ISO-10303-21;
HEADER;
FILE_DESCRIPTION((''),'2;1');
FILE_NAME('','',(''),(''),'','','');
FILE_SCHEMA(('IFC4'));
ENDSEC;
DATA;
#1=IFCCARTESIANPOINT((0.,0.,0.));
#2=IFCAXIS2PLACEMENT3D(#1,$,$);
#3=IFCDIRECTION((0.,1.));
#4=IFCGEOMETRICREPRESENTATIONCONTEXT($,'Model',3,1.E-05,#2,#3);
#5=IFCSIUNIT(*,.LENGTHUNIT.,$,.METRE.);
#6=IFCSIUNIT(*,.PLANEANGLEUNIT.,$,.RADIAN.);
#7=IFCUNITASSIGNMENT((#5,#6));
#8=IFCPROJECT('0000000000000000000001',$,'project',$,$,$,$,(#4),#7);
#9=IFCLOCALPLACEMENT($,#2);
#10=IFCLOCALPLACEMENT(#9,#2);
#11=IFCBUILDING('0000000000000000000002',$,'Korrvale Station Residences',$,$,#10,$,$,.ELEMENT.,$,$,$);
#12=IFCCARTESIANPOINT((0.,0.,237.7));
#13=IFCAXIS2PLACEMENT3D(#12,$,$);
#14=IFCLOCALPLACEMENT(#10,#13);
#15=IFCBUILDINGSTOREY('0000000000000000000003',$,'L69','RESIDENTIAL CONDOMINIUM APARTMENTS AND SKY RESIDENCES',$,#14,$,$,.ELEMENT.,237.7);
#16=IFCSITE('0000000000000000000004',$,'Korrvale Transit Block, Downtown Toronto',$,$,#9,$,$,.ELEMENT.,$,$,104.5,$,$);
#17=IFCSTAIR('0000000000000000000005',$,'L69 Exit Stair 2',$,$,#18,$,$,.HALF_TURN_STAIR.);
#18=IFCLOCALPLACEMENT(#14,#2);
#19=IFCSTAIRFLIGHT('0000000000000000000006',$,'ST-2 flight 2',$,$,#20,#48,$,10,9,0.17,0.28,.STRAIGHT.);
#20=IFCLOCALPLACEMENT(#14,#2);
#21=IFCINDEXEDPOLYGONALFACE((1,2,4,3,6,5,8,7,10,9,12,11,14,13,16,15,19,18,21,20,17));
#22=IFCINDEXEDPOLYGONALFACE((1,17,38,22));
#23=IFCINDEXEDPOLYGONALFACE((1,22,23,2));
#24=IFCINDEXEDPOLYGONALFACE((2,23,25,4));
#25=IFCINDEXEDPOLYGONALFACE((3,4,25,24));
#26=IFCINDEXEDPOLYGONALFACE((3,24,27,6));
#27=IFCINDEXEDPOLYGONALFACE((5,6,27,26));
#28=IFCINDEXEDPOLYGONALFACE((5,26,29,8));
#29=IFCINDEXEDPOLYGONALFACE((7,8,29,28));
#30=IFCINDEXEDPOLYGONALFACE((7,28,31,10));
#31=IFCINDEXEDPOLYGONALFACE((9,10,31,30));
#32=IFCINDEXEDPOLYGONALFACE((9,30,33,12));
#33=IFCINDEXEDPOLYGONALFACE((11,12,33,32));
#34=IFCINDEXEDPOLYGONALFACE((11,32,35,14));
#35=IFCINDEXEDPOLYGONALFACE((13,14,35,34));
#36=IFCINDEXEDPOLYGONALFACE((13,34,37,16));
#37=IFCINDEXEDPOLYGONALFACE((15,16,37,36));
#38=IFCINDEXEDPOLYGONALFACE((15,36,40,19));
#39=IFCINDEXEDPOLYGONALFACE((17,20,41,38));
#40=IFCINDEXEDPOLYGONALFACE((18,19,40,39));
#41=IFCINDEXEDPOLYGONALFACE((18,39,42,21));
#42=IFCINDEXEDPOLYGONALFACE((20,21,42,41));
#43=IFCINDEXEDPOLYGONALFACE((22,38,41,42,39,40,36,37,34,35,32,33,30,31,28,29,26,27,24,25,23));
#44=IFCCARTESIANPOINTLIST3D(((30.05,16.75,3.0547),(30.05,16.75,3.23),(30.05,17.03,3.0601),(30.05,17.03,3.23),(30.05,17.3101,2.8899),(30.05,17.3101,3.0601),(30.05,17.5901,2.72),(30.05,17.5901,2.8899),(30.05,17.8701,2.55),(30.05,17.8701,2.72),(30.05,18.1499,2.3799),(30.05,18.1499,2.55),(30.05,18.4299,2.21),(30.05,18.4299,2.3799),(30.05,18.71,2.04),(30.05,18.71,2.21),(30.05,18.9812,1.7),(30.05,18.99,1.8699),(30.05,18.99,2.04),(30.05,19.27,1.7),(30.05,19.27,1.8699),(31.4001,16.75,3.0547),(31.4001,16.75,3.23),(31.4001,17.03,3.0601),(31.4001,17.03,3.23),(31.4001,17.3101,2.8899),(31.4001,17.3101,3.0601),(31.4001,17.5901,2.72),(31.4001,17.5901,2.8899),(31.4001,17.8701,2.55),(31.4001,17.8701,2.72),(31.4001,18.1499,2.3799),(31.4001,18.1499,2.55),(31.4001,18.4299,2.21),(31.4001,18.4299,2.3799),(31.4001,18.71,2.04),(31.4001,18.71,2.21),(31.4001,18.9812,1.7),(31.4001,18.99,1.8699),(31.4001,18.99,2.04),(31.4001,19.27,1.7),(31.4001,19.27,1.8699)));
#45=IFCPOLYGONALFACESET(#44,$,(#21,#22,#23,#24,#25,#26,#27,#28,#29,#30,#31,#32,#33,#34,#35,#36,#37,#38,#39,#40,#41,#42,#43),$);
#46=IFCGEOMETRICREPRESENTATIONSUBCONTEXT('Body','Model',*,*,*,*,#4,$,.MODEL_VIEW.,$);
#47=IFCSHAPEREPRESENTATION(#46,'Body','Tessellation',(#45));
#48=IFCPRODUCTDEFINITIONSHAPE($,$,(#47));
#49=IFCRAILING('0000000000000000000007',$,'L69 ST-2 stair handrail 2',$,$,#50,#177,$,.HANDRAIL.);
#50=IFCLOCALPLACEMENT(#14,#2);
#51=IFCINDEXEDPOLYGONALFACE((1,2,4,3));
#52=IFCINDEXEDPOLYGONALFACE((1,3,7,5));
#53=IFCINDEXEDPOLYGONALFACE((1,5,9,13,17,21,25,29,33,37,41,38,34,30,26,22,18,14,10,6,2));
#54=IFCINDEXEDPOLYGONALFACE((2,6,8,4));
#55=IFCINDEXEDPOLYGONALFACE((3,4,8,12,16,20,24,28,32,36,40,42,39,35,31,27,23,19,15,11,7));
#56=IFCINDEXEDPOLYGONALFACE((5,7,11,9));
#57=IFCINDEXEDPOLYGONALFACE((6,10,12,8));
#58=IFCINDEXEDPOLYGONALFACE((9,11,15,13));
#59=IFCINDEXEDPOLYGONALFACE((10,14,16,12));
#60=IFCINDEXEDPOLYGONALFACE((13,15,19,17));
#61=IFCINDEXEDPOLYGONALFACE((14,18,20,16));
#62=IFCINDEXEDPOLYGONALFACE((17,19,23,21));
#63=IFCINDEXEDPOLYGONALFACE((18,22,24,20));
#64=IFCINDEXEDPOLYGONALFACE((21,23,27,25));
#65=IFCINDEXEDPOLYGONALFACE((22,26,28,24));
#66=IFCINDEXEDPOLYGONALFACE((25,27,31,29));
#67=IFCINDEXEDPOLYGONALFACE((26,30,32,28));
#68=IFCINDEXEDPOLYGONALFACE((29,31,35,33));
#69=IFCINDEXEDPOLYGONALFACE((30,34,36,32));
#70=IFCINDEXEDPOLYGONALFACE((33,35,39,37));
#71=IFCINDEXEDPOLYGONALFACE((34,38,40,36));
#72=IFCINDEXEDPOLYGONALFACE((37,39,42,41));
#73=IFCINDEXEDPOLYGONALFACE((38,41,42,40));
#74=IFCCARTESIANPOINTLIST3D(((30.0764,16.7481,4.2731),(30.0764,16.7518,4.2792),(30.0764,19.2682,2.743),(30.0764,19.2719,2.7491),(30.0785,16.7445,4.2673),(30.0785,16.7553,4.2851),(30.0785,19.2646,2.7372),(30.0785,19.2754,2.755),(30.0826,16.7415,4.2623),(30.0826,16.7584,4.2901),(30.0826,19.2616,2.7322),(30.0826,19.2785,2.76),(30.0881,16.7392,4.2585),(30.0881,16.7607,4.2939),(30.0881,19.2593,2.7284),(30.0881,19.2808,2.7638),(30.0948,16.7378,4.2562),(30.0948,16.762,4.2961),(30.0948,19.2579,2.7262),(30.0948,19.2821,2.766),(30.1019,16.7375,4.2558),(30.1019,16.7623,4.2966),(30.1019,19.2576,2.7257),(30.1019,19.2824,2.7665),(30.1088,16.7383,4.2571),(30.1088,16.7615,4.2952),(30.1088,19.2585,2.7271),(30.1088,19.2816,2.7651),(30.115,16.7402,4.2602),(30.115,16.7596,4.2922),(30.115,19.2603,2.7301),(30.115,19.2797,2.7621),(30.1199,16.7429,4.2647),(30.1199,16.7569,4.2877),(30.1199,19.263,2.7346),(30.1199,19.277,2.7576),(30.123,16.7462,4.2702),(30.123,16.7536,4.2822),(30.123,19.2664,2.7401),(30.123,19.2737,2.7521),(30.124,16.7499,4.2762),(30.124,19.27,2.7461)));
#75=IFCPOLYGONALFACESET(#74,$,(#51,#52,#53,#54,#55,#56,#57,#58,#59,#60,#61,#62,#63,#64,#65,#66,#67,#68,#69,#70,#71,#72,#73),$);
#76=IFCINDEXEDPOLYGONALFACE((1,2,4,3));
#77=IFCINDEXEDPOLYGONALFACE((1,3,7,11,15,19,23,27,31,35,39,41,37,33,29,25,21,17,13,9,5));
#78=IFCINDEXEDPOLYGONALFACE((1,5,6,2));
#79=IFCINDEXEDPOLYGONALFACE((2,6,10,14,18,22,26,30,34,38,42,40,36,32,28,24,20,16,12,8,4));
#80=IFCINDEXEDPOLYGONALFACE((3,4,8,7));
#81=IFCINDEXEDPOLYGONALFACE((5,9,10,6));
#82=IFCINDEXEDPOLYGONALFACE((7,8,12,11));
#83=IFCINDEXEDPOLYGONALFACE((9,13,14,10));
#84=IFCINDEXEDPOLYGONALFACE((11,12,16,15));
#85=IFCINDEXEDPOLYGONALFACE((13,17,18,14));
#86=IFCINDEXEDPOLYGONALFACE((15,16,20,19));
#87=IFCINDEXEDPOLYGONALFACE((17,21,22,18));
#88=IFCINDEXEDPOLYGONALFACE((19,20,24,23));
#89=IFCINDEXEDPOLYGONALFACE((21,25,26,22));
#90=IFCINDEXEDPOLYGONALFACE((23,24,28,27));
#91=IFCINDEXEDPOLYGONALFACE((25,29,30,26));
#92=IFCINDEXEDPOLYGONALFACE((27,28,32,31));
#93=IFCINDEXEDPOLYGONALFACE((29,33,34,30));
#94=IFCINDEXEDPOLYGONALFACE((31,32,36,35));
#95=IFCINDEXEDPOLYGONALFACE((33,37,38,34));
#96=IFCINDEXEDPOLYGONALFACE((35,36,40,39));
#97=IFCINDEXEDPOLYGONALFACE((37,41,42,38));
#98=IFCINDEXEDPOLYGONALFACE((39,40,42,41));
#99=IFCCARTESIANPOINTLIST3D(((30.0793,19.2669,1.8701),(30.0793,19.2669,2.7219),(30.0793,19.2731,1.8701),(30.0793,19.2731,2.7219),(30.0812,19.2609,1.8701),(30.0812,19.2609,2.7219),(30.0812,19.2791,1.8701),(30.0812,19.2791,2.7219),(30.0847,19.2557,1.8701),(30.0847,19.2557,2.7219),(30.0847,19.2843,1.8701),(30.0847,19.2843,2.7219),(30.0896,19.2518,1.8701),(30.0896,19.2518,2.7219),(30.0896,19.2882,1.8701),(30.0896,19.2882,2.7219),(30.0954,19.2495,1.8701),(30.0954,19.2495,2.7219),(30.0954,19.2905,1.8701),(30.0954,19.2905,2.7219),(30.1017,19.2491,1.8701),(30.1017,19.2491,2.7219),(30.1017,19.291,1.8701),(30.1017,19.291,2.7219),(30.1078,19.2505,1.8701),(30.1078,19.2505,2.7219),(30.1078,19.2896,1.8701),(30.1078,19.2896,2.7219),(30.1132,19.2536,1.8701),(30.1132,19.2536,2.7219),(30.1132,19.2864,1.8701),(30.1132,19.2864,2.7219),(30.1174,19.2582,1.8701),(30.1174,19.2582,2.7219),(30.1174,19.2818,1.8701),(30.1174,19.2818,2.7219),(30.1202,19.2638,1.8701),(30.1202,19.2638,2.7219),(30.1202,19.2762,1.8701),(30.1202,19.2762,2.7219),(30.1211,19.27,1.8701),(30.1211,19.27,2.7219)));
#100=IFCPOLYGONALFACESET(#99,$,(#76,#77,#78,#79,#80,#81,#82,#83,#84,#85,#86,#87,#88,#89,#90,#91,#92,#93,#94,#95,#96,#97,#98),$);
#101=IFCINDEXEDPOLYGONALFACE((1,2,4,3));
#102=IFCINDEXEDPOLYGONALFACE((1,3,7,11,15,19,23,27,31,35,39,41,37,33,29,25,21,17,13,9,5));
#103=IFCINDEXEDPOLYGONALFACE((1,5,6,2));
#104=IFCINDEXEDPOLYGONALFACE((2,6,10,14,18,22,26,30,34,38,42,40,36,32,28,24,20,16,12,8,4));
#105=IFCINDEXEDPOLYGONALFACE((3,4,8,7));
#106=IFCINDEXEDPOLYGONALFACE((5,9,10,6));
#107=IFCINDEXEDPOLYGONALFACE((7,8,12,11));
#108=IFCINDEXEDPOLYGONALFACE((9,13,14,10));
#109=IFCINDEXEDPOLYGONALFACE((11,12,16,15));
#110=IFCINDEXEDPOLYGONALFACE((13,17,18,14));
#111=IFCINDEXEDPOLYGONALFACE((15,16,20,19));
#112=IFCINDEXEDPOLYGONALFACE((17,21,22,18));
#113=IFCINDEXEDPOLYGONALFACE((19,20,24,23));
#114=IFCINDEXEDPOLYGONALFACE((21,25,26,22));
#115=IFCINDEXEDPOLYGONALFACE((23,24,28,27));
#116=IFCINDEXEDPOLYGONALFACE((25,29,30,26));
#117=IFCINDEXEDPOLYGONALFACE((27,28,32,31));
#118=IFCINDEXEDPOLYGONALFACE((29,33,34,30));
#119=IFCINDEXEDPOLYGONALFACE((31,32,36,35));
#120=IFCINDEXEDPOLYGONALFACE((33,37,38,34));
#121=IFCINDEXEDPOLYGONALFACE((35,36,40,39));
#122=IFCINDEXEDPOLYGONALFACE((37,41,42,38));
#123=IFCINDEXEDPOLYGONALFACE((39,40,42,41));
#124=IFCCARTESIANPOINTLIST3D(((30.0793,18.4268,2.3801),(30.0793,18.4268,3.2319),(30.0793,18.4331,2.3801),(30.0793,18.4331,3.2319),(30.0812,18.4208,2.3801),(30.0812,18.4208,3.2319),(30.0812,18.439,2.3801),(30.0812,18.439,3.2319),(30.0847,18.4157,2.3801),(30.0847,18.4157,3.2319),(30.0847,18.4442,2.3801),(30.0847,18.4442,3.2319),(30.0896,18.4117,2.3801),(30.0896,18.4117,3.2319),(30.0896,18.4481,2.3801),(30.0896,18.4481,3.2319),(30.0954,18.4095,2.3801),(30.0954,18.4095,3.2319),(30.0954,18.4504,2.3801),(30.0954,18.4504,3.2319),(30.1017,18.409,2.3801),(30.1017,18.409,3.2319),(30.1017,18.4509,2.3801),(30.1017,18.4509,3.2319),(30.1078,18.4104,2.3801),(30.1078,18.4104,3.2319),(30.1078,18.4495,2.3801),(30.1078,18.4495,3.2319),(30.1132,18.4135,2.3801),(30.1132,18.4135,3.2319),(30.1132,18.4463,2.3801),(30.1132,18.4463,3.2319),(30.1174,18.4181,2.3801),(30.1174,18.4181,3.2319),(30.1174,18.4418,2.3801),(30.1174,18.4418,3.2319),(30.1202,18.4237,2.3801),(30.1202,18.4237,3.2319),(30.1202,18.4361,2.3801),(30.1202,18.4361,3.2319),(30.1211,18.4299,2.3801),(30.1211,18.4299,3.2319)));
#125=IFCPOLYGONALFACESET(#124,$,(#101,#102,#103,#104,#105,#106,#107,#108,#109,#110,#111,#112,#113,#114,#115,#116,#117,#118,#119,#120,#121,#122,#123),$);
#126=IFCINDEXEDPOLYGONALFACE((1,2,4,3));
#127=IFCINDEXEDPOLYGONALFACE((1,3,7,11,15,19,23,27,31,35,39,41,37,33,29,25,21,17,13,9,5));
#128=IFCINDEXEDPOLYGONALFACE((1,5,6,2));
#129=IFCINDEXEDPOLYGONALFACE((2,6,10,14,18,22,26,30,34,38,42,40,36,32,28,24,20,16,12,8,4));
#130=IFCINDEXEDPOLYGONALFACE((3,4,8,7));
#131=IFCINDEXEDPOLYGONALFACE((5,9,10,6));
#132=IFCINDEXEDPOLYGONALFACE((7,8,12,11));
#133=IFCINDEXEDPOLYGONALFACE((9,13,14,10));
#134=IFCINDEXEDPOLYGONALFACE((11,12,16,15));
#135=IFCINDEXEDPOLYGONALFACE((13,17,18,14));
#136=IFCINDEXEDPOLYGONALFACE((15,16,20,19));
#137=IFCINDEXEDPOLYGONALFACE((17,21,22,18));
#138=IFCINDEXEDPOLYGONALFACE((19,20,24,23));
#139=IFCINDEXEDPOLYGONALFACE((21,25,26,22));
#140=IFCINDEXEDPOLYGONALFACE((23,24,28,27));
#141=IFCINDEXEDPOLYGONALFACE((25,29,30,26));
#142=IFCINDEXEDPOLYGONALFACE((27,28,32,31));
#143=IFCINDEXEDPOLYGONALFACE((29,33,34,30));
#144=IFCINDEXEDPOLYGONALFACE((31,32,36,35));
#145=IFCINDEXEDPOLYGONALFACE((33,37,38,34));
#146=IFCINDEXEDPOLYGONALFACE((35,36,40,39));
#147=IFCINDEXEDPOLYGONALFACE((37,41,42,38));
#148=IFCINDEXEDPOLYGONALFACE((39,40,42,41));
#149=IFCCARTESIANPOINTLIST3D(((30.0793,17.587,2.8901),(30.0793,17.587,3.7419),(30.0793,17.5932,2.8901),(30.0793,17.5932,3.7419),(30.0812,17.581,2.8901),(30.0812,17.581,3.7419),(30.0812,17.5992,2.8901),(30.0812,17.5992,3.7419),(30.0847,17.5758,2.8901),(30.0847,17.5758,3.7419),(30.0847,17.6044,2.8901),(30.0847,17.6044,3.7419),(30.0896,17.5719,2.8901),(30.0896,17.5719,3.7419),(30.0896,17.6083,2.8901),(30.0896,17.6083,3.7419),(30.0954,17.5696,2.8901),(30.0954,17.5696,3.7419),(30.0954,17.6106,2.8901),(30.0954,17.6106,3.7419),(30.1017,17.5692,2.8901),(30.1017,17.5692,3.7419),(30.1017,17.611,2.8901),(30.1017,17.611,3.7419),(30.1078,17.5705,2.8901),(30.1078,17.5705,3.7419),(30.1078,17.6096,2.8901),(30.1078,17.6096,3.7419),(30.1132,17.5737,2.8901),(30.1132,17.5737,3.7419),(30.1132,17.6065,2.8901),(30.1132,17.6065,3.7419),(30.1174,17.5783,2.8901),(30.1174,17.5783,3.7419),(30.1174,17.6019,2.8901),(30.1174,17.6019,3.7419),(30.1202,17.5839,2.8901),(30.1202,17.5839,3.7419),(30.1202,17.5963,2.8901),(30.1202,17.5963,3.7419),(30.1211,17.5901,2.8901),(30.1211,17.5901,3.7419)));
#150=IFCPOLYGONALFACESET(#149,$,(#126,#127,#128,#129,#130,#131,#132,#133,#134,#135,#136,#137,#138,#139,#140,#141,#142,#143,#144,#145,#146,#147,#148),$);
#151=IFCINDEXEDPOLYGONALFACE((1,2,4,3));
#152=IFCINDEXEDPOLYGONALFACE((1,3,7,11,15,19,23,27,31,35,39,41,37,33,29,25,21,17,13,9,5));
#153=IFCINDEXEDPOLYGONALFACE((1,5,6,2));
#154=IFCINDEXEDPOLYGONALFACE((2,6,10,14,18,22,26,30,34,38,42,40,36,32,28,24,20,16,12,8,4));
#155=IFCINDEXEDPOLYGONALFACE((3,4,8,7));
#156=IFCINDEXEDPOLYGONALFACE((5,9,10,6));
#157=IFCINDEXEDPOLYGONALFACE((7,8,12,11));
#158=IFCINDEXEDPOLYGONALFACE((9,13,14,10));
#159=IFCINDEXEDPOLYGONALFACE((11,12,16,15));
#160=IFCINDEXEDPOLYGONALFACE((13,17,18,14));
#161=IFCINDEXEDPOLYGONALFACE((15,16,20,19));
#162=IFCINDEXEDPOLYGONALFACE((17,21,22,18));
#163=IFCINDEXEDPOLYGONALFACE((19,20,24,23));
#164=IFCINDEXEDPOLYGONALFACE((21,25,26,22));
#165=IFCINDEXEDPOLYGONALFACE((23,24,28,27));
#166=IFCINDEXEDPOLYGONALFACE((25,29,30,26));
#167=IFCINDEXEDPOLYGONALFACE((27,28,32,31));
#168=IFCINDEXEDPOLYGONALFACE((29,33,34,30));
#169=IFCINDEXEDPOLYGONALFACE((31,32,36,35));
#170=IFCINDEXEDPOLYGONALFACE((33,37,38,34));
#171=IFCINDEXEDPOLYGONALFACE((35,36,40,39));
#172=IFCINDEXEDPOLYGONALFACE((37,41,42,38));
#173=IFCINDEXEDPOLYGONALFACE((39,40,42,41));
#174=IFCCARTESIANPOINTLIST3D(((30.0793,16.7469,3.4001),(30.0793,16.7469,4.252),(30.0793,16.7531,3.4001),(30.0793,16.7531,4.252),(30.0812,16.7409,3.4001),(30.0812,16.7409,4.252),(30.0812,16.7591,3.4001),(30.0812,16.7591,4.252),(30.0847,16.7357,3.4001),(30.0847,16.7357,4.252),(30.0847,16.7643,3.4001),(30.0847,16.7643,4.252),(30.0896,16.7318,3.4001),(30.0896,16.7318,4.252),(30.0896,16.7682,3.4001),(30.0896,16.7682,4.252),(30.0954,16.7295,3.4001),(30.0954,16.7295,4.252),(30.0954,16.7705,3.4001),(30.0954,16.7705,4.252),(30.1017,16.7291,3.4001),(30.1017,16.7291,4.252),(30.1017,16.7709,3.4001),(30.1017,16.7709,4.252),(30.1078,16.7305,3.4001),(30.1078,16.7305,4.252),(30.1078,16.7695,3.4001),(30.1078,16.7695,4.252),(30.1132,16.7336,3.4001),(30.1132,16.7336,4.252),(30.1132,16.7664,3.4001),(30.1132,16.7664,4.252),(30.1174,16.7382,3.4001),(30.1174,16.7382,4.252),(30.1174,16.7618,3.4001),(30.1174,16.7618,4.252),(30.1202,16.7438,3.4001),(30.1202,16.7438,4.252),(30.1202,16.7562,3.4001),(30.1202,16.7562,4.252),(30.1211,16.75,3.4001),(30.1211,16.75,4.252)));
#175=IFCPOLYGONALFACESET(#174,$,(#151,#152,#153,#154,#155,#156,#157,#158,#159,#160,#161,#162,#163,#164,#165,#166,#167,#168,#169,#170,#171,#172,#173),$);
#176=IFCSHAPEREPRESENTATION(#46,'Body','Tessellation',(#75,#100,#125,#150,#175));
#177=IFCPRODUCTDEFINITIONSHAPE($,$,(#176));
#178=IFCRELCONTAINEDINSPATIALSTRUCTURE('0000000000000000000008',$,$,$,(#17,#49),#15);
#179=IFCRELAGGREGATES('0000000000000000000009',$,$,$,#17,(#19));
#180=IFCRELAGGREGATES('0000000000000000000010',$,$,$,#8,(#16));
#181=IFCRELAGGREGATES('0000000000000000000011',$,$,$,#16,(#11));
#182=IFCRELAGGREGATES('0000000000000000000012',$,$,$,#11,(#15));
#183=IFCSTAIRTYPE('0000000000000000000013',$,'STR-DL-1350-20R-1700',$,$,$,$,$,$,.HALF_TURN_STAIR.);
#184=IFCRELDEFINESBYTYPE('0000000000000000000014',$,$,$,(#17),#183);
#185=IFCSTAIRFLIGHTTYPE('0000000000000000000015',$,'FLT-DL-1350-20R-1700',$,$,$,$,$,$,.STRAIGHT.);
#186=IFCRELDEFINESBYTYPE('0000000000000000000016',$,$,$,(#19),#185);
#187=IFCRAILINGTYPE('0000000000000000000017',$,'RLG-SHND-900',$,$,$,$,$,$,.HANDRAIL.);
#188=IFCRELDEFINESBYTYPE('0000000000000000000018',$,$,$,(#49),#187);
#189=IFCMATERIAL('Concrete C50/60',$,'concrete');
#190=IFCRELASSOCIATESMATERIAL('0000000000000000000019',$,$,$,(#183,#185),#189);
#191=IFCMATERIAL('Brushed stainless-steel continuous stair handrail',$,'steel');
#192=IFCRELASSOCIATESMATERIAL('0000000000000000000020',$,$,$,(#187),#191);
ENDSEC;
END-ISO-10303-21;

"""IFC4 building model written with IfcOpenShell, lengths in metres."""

from ifc_helpers import new_model, si_unit, direction, frame, origin, origin_2d, place, context, subcontext, project, spatial, polyline, circle, outline, extrude, material, type_object, element, aggregate, save


model = new_model("IFC4")

# Units and contexts
model_context = context("Model", 3, precision=1e-05, world=origin(), true_north=direction((0.0, 1.0)))
body_context = subcontext(model_context, "Body", "Model", "MODEL_VIEW")
ifc_project = project(units=[si_unit("LENGTHUNIT", "METRE"), si_unit("PLANEANGLEUNIT", "RADIAN")], contexts=[model_context])

# Site, building, storey
site_placement = place(None, origin())
site = spatial("IfcSite", under=ifc_project, at=site_placement, Name="Korrvale Transit Block, Downtown Toronto", CompositionType="ELEMENT", RefElevation=104.5)
building_placement = place(site_placement, origin())
building = spatial("IfcBuilding", under=site, at=building_placement, Name="Korrvale Station Residences", CompositionType="ELEMENT")
storey_placement = place(building_placement, frame((0.0, 0.0, 237.7)))
storey = spatial("IfcBuildingStorey", under=building, at=storey_placement, Name="L69", Description="RESIDENTIAL CONDOMINIUM APARTMENTS AND SKY RESIDENCES", CompositionType="ELEMENT", Elevation=237.7)

# Shared definitions
ifc_material_1 = material(Name="Concrete C50/60", Category="concrete")

# Stair, stair flight
stair_type = type_object("IfcStairType", Name="STR-DL-1350-20R-1700", PredefinedType="HALF_TURN_STAIR", material=ifc_material_1)
stair_placement = place(storey_placement, origin())
stair = element("IfcStair", 1, at=stair_placement, inside=storey, type_object=stair_type, Name="L69 Exit Stair 2", PredefinedType="HALF_TURN_STAIR")
stair_flight_type = type_object("IfcStairFlightType", Name="FLT-DL-1350-20R-1700", PredefinedType="STRAIGHT", material=ifc_material_1)
stair_flight_placement = place(storey_placement, frame((30.7251, 19.27, 1.7), z_axis=(0.0, 0.0, 1.0), x_axis=(0.0, -1.0, 0.0)))
stair_flight = element("IfcStairFlight", 2, at=stair_flight_placement, type_object=stair_flight_type, Name="ST-2 flight 2", NumberOfRisers=10, NumberOfTreads=9, PredefinedType="STRAIGHT", RiserHeight=0.17, TreadLength=0.28, context=body_context, shape_type="SweptSolid", body=[
    extrude(outline(polyline([(0.0, 0.0), (0.0, 0.1699), (0.28, 0.1699), (0.28, 0.3401), (0.5601, 0.3401), (0.5601, 0.51), (0.8401, 0.51), (0.8401, 0.6799), (1.1201, 0.6799), (1.1201, 0.8501), (1.3999, 0.8501), (1.3999, 1.02), (1.6799, 1.02), (1.6799, 1.1899), (1.96, 1.1899), (1.96, 1.3601), (2.24, 1.3601), (2.24, 1.53), (2.52, 1.53), (2.52, 1.7), (2.52, 1.3547), (0.2888, 0.0), (0.0, 0.0)])), frame((0.0, 0.675, 0.0), z_axis=(0.0, -1.0, 0.0), x_axis=(1.0, 0.0, 0.0)), (0.0, 0.0, 1.0), 1.3501),
])
aggregate(stair, [stair_flight])

# Railing
ifc_material_2 = material(Name="Brushed stainless-steel continuous stair handrail", Category="steel")
railing_type_1 = type_object("IfcRailingType", Name="RLG-SHND-900", PredefinedType="HANDRAIL", material=ifc_material_2)
railing_1_placement = place(storey_placement, frame((30.1001, 19.27, 1.8701)))
element("IfcRailing", 3, at=railing_1_placement, inside=storey, type_object=railing_type_1, Name="L69 ST-2 stair handrail 2", PredefinedType="HANDRAIL", context=body_context, shape_type="SweptSolid", body=[
    extrude(circle(Radius=0.0239, at=origin_2d()), frame((0.0, 0.0, 0.876), z_axis=(0.0, -0.854785, 0.518982), x_axis=(1.0, 0.0, 0.0)), (0.0, 0.0, 1.0), 2.9482),
    extrude(circle(Radius=0.021, at=origin_2d()), origin(), (0.0, 0.0, 1.0), 0.8518),
    extrude(circle(Radius=0.021, at=origin_2d()), frame((0.0, -0.8401, 0.51)), (0.0, 0.0, 1.0), 0.8518),
    extrude(circle(Radius=0.021, at=origin_2d()), frame((0.0, -1.6799, 1.02)), (0.0, 0.0, 1.0), 0.8518),
    extrude(circle(Radius=0.021, at=origin_2d()), frame((0.0, -2.52, 1.53)), (0.0, 0.0, 1.0), 0.8518),
])

save(model, "model.ifc")
